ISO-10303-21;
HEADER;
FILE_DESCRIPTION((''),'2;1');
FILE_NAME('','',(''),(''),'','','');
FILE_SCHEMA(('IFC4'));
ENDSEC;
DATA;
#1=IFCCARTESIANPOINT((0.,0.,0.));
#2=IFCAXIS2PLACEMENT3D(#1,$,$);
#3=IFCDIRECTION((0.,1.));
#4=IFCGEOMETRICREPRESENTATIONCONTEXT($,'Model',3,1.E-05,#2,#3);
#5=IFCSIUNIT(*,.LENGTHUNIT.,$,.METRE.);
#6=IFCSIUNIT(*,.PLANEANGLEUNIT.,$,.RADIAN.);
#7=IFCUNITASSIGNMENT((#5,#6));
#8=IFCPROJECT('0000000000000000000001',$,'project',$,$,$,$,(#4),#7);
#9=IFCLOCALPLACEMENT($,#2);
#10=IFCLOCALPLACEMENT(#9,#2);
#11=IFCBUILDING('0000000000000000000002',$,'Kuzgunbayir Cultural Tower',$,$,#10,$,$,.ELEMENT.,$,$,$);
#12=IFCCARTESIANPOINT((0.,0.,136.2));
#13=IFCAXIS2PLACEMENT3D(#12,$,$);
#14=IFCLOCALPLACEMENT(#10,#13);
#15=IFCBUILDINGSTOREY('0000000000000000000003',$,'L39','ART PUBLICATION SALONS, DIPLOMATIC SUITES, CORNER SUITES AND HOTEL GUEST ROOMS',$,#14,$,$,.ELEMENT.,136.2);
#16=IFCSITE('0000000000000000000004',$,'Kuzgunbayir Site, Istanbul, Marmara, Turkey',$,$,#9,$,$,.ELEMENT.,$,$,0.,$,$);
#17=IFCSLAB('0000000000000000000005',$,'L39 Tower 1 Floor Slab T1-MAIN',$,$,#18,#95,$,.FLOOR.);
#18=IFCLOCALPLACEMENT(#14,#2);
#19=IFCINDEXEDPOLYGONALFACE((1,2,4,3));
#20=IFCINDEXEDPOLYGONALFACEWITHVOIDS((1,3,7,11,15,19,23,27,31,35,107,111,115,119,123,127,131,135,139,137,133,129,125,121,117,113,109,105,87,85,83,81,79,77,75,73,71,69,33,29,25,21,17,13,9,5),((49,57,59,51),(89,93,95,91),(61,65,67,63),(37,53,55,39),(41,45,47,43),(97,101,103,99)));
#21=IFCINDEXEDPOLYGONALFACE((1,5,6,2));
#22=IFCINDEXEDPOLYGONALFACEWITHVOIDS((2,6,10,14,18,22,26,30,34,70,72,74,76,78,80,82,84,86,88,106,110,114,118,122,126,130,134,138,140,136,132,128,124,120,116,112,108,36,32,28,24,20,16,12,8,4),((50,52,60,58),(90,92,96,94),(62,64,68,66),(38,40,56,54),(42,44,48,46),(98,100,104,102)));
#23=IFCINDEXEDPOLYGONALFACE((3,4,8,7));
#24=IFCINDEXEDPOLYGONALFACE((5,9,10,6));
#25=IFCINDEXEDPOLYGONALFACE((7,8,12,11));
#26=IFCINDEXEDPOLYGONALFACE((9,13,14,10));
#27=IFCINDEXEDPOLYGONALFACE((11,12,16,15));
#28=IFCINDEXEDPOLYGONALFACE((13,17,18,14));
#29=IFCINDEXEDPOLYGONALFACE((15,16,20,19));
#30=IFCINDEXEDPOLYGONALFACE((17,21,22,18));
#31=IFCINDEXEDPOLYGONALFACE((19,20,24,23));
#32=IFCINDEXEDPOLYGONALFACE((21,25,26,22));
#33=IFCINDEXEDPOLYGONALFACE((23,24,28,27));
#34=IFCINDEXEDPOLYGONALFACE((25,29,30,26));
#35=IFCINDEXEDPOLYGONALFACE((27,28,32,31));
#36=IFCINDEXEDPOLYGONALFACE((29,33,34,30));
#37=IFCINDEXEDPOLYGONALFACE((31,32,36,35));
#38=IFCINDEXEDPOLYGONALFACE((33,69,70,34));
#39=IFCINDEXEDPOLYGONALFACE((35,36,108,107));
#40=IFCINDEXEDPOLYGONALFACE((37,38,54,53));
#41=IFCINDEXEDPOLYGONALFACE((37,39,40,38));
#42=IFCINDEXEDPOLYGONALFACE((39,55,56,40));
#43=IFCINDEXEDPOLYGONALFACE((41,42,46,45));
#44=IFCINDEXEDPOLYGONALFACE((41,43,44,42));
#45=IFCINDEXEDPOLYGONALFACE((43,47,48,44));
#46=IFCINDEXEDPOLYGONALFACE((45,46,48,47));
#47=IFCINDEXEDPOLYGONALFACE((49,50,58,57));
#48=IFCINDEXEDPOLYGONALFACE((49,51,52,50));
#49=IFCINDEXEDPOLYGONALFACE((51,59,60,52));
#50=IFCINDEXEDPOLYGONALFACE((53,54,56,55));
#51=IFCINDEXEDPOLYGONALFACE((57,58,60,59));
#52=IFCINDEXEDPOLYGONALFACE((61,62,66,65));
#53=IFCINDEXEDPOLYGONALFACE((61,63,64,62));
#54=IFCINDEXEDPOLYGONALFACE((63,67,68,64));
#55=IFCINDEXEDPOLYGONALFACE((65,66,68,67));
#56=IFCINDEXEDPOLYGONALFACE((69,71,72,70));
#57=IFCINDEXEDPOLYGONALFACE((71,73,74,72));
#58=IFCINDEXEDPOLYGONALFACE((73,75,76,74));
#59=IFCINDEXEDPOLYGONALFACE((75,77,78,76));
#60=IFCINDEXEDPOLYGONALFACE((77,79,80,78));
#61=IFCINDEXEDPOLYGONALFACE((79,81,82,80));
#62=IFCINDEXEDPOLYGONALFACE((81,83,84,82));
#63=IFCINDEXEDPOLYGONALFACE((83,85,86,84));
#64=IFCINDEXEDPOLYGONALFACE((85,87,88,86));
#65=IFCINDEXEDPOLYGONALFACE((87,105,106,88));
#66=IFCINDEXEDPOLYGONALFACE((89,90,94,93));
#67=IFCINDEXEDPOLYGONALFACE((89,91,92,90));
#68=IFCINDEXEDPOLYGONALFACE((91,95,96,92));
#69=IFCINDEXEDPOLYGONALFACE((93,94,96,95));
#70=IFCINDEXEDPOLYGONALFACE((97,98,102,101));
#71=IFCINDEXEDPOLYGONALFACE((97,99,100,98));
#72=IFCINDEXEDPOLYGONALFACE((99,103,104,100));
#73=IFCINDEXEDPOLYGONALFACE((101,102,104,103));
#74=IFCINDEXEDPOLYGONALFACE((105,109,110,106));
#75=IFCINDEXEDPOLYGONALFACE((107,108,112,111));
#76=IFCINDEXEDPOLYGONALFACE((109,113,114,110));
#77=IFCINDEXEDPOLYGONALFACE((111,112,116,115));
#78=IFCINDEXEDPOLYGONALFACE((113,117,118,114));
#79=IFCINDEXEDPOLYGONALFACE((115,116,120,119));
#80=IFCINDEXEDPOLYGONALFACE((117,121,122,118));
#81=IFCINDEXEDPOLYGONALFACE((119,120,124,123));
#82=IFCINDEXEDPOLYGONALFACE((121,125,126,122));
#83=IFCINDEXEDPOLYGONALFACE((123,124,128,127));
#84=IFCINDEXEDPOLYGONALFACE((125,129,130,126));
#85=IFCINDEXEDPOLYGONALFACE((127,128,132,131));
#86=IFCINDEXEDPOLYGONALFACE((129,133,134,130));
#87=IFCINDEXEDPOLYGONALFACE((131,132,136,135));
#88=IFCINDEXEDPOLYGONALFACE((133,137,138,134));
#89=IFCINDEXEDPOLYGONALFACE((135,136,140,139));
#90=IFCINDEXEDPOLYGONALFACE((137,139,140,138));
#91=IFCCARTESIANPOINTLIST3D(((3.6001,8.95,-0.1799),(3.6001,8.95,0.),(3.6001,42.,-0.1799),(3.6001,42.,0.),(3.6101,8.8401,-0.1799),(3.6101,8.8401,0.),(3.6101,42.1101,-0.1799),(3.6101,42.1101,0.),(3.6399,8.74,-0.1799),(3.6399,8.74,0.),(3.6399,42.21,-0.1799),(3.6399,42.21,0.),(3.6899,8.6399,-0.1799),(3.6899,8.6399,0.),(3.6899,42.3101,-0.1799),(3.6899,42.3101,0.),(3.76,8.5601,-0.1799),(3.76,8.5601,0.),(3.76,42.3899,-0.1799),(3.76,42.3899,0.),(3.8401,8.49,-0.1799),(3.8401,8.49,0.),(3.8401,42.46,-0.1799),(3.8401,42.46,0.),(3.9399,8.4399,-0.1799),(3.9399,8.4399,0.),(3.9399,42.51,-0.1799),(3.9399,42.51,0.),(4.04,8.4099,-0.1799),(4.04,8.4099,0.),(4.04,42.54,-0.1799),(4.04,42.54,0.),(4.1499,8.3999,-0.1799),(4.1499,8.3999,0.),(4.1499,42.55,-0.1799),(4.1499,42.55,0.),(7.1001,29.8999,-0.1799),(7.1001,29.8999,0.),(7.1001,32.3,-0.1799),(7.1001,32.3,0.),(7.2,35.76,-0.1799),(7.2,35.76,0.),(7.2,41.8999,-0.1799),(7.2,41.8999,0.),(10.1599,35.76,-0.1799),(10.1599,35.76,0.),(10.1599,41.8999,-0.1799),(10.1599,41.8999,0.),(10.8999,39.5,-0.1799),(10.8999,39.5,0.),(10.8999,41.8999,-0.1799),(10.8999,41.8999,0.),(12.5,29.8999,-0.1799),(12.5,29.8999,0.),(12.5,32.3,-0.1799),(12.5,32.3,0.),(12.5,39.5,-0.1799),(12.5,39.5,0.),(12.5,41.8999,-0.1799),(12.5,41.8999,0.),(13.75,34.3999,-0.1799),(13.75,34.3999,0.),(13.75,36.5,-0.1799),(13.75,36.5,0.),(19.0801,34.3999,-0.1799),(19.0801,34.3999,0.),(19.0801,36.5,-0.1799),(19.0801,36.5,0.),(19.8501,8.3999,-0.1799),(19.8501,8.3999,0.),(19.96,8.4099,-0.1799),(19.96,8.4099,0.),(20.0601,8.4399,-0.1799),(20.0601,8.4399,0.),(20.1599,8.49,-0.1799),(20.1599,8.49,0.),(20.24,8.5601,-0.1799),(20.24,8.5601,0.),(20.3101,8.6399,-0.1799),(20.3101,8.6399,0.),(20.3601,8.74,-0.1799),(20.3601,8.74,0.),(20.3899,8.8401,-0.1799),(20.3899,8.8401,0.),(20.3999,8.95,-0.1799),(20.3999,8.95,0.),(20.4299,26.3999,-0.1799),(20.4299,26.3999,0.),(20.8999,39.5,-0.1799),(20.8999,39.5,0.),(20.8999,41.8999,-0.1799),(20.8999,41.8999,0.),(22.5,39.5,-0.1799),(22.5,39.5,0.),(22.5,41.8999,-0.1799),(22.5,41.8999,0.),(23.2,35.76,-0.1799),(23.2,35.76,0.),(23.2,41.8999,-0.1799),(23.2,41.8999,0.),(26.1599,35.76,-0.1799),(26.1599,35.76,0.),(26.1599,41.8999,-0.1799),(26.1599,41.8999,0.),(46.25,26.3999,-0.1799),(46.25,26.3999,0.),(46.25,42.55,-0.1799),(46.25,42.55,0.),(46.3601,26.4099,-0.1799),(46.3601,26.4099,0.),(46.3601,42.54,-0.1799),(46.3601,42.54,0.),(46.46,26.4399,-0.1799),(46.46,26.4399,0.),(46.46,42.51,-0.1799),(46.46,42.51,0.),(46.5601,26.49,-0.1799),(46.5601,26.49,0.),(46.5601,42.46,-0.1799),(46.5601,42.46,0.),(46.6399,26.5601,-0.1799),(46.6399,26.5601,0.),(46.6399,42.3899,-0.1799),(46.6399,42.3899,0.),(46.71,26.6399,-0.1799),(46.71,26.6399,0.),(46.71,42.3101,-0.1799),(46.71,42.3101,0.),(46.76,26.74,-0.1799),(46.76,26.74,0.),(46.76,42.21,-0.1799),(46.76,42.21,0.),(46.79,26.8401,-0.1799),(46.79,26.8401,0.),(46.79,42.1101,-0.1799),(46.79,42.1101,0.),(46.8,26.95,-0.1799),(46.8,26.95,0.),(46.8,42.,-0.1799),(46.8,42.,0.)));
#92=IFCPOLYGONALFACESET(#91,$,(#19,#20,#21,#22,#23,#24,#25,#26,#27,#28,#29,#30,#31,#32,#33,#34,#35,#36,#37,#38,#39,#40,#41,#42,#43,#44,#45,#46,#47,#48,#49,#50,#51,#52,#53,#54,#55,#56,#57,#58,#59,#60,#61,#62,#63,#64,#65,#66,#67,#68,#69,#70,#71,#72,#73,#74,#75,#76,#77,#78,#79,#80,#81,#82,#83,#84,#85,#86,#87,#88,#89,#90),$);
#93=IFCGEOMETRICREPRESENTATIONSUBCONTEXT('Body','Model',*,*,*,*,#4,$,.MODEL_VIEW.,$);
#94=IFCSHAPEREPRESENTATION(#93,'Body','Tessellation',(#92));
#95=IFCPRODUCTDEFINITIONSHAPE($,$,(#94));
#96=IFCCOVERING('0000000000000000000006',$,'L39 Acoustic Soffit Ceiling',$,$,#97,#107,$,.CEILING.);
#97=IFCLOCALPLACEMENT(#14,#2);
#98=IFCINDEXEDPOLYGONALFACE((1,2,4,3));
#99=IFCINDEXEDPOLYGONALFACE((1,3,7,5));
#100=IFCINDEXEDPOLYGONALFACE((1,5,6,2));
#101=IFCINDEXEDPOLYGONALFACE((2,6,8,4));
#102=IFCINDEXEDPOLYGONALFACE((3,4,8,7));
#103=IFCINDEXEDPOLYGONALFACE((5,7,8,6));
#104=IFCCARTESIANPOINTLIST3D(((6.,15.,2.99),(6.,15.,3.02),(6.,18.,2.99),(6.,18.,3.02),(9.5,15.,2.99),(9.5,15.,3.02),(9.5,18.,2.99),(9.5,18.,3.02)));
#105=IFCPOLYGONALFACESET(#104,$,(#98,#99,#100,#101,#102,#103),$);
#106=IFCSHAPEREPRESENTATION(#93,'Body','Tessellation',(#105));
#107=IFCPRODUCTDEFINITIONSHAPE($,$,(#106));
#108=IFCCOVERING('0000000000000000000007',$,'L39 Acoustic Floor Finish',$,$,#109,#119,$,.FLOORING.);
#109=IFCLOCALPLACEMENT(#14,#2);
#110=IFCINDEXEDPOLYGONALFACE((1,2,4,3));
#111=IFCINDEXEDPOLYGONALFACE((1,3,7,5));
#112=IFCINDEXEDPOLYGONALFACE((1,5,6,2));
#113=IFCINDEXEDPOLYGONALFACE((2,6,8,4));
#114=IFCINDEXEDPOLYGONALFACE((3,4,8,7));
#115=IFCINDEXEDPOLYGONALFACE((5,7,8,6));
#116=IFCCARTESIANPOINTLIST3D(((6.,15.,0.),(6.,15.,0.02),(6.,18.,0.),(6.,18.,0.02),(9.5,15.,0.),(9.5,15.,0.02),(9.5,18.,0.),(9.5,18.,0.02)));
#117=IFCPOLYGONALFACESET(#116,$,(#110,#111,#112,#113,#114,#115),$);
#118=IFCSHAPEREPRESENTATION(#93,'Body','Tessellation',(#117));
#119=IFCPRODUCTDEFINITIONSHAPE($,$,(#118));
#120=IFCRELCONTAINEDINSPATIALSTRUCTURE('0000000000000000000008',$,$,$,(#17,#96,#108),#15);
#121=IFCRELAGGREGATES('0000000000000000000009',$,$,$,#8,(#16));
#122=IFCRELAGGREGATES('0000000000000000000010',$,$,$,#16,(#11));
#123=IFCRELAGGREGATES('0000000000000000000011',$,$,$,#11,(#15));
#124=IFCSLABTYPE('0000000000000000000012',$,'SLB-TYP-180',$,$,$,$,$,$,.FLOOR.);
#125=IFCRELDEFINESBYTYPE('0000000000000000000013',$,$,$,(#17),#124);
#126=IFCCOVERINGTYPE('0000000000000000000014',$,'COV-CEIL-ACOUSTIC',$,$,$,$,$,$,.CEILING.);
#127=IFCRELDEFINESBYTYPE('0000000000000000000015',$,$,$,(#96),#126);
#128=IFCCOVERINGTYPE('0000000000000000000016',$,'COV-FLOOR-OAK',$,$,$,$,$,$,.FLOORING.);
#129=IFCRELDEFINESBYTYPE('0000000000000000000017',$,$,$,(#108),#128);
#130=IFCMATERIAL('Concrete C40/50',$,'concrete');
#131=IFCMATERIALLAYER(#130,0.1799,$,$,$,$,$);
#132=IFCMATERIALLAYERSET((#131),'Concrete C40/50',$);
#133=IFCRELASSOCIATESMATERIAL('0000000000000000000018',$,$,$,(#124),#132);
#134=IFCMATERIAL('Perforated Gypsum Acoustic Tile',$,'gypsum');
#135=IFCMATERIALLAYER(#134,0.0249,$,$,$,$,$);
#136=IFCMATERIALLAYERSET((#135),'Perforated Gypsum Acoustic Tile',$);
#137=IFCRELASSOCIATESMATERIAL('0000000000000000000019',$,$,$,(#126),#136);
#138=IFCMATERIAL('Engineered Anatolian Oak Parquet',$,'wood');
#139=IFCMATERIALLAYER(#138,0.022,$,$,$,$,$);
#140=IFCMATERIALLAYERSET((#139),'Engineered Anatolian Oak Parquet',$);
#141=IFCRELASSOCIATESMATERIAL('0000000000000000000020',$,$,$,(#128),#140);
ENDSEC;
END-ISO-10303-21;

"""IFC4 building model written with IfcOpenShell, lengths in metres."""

from ifc_helpers import new_model, si_unit, direction, frame, origin, place, context, subcontext, project, spatial, polyline, outline, extrude, material, layer, layer_set, type_object, element, save


model = new_model("IFC4")

# Units and contexts
model_context = context("Model", 3, precision=1e-05, world=origin(), true_north=direction((0.0, 1.0)))
body_context = subcontext(model_context, "Body", "Model", "MODEL_VIEW")
ifc_project = project(units=[si_unit("LENGTHUNIT", "METRE"), si_unit("PLANEANGLEUNIT", "RADIAN")], contexts=[model_context])

# Site, building, storey
site_placement = place(None, origin())
site = spatial("IfcSite", under=ifc_project, at=site_placement, Name="Kuzgunbayir Site, Istanbul, Marmara, Turkey", CompositionType="ELEMENT", RefElevation=0.0)
building_placement = place(site_placement, origin())
building = spatial("IfcBuilding", under=site, at=building_placement, Name="Kuzgunbayir Cultural Tower", CompositionType="ELEMENT")
storey_placement = place(building_placement, frame((0.0, 0.0, 136.2)))
storey = spatial("IfcBuildingStorey", under=building, at=storey_placement, Name="L39", Description="ART PUBLICATION SALONS, DIPLOMATIC SUITES, CORNER SUITES AND HOTEL GUEST ROOMS", CompositionType="ELEMENT", Elevation=136.2)

# Shared definitions
ifc_material_1 = material(Name="Concrete C40/50", Category="concrete")

# Slab
ifc_layer_1 = layer(ifc_material_1, 0.1799)
ifc_layer_set_1 = layer_set([ifc_layer_1], Name="Concrete C40/50")
slab_type_1 = type_object("IfcSlabType", Name="SLB-TYP-180", PredefinedType="FLOOR", material=ifc_layer_set_1)
slab_1_placement = place(storey_placement, frame((0.0, 0.0, -0.1799)))
element("IfcSlab", 1, at=slab_1_placement, inside=storey, type_object=slab_type_1, Name="L39 Tower 1 Floor Slab T1-MAIN", PredefinedType="FLOOR", context=body_context, shape_type="SweptSolid", body=[
    extrude(outline(polyline([(20.3999, 8.95), (20.3899, 8.8401), (20.3601, 8.74), (20.3101, 8.6399), (20.24, 8.5601), (20.1599, 8.49), (20.0601, 8.4399), (19.96, 8.4099), (19.8501, 8.3999), (4.1499, 8.3999), (4.04, 8.4099), (3.9399, 8.4399), (3.8401, 8.49), (3.76, 8.5601), (3.6899, 8.6399), (3.6399, 8.74), (3.6101, 8.8401), (3.6001, 8.95), (3.6001, 42.0), (3.6101, 42.1101), (3.6399, 42.21), (3.6899, 42.3101), (3.76, 42.3899), (3.8401, 42.46), (3.9399, 42.51), (4.04, 42.54), (4.1499, 42.55), (46.25, 42.55), (46.3601, 42.54), (46.46, 42.51), (46.5601, 42.46), (46.6399, 42.3899), (46.71, 42.3101), (46.76, 42.21), (46.79, 42.1101), (46.8, 42.0), (46.8, 26.95), (46.79, 26.8401), (46.76, 26.74), (46.71, 26.6399), (46.6399, 26.5601), (46.5601, 26.49), (46.46, 26.4399), (46.3601, 26.4099), (46.25, 26.3999), (20.4299, 26.3999), (20.3999, 8.95)]), holes=[polyline([(7.2, 35.76), (7.2, 41.8999), (10.1599, 41.8999), (10.1599, 35.76), (7.2, 35.76)]), polyline([(23.2, 35.76), (23.2, 41.8999), (26.1599, 41.8999), (26.1599, 35.76), (23.2, 35.76)]), polyline([(13.75, 34.3999), (13.75, 36.5), (19.0801, 36.5), (19.0801, 34.3999), (13.75, 34.3999)]), polyline([(7.1001, 29.8999), (7.1001, 32.3), (12.5, 32.3), (12.5, 29.8999), (7.1001, 29.8999)]), polyline([(10.8999, 39.5), (10.8999, 41.8999), (12.5, 41.8999), (12.5, 39.5), (10.8999, 39.5)]), polyline([(20.8999, 39.5), (20.8999, 41.8999), (22.5, 41.8999), (22.5, 39.5), (20.8999, 39.5)])]), origin(), (0.0, 0.0, 1.0), 0.1799),
])

# Coverings
ifc_material_2 = material(Name="Perforated Gypsum Acoustic Tile", Category="gypsum")
ifc_layer_2 = layer(ifc_material_2, 0.0249)
ifc_layer_set_2 = layer_set([ifc_layer_2], Name="Perforated Gypsum Acoustic Tile")
covering_type_1 = type_object("IfcCoveringType", Name="COV-CEIL-ACOUSTIC", PredefinedType="CEILING", material=ifc_layer_set_2)
covering_1_placement = place(storey_placement, frame((0.0, 0.0, 2.99)))
element("IfcCovering", 2, at=covering_1_placement, inside=storey, type_object=covering_type_1, Name="L39 Acoustic Soffit Ceiling", PredefinedType="CEILING", context=body_context, shape_type="SweptSolid", body=[
    extrude(outline(polyline([(6.0, 15.0), (9.5, 15.0), (9.5, 18.0), (6.0, 18.0), (6.0, 15.0)])), origin(), (0.0, 0.0, 1.0), 0.03),
])
ifc_material_3 = material(Name="Engineered Anatolian Oak Parquet", Category="wood")
ifc_layer_3 = layer(ifc_material_3, 0.022)
ifc_layer_set_3 = layer_set([ifc_layer_3], Name="Engineered Anatolian Oak Parquet")
covering_type_2 = type_object("IfcCoveringType", Name="COV-FLOOR-OAK", PredefinedType="FLOORING", material=ifc_layer_set_3)
covering_2_placement = place(storey_placement, origin())
element("IfcCovering", 3, at=covering_2_placement, inside=storey, type_object=covering_type_2, Name="L39 Acoustic Floor Finish", PredefinedType="FLOORING", context=body_context, shape_type="SweptSolid", body=[
    extrude(outline(polyline([(6.0, 15.0), (9.5, 15.0), (9.5, 18.0), (6.0, 18.0), (6.0, 15.0)])), origin(), (0.0, 0.0, 1.0), 0.02),
])

save(model, "model.ifc")
